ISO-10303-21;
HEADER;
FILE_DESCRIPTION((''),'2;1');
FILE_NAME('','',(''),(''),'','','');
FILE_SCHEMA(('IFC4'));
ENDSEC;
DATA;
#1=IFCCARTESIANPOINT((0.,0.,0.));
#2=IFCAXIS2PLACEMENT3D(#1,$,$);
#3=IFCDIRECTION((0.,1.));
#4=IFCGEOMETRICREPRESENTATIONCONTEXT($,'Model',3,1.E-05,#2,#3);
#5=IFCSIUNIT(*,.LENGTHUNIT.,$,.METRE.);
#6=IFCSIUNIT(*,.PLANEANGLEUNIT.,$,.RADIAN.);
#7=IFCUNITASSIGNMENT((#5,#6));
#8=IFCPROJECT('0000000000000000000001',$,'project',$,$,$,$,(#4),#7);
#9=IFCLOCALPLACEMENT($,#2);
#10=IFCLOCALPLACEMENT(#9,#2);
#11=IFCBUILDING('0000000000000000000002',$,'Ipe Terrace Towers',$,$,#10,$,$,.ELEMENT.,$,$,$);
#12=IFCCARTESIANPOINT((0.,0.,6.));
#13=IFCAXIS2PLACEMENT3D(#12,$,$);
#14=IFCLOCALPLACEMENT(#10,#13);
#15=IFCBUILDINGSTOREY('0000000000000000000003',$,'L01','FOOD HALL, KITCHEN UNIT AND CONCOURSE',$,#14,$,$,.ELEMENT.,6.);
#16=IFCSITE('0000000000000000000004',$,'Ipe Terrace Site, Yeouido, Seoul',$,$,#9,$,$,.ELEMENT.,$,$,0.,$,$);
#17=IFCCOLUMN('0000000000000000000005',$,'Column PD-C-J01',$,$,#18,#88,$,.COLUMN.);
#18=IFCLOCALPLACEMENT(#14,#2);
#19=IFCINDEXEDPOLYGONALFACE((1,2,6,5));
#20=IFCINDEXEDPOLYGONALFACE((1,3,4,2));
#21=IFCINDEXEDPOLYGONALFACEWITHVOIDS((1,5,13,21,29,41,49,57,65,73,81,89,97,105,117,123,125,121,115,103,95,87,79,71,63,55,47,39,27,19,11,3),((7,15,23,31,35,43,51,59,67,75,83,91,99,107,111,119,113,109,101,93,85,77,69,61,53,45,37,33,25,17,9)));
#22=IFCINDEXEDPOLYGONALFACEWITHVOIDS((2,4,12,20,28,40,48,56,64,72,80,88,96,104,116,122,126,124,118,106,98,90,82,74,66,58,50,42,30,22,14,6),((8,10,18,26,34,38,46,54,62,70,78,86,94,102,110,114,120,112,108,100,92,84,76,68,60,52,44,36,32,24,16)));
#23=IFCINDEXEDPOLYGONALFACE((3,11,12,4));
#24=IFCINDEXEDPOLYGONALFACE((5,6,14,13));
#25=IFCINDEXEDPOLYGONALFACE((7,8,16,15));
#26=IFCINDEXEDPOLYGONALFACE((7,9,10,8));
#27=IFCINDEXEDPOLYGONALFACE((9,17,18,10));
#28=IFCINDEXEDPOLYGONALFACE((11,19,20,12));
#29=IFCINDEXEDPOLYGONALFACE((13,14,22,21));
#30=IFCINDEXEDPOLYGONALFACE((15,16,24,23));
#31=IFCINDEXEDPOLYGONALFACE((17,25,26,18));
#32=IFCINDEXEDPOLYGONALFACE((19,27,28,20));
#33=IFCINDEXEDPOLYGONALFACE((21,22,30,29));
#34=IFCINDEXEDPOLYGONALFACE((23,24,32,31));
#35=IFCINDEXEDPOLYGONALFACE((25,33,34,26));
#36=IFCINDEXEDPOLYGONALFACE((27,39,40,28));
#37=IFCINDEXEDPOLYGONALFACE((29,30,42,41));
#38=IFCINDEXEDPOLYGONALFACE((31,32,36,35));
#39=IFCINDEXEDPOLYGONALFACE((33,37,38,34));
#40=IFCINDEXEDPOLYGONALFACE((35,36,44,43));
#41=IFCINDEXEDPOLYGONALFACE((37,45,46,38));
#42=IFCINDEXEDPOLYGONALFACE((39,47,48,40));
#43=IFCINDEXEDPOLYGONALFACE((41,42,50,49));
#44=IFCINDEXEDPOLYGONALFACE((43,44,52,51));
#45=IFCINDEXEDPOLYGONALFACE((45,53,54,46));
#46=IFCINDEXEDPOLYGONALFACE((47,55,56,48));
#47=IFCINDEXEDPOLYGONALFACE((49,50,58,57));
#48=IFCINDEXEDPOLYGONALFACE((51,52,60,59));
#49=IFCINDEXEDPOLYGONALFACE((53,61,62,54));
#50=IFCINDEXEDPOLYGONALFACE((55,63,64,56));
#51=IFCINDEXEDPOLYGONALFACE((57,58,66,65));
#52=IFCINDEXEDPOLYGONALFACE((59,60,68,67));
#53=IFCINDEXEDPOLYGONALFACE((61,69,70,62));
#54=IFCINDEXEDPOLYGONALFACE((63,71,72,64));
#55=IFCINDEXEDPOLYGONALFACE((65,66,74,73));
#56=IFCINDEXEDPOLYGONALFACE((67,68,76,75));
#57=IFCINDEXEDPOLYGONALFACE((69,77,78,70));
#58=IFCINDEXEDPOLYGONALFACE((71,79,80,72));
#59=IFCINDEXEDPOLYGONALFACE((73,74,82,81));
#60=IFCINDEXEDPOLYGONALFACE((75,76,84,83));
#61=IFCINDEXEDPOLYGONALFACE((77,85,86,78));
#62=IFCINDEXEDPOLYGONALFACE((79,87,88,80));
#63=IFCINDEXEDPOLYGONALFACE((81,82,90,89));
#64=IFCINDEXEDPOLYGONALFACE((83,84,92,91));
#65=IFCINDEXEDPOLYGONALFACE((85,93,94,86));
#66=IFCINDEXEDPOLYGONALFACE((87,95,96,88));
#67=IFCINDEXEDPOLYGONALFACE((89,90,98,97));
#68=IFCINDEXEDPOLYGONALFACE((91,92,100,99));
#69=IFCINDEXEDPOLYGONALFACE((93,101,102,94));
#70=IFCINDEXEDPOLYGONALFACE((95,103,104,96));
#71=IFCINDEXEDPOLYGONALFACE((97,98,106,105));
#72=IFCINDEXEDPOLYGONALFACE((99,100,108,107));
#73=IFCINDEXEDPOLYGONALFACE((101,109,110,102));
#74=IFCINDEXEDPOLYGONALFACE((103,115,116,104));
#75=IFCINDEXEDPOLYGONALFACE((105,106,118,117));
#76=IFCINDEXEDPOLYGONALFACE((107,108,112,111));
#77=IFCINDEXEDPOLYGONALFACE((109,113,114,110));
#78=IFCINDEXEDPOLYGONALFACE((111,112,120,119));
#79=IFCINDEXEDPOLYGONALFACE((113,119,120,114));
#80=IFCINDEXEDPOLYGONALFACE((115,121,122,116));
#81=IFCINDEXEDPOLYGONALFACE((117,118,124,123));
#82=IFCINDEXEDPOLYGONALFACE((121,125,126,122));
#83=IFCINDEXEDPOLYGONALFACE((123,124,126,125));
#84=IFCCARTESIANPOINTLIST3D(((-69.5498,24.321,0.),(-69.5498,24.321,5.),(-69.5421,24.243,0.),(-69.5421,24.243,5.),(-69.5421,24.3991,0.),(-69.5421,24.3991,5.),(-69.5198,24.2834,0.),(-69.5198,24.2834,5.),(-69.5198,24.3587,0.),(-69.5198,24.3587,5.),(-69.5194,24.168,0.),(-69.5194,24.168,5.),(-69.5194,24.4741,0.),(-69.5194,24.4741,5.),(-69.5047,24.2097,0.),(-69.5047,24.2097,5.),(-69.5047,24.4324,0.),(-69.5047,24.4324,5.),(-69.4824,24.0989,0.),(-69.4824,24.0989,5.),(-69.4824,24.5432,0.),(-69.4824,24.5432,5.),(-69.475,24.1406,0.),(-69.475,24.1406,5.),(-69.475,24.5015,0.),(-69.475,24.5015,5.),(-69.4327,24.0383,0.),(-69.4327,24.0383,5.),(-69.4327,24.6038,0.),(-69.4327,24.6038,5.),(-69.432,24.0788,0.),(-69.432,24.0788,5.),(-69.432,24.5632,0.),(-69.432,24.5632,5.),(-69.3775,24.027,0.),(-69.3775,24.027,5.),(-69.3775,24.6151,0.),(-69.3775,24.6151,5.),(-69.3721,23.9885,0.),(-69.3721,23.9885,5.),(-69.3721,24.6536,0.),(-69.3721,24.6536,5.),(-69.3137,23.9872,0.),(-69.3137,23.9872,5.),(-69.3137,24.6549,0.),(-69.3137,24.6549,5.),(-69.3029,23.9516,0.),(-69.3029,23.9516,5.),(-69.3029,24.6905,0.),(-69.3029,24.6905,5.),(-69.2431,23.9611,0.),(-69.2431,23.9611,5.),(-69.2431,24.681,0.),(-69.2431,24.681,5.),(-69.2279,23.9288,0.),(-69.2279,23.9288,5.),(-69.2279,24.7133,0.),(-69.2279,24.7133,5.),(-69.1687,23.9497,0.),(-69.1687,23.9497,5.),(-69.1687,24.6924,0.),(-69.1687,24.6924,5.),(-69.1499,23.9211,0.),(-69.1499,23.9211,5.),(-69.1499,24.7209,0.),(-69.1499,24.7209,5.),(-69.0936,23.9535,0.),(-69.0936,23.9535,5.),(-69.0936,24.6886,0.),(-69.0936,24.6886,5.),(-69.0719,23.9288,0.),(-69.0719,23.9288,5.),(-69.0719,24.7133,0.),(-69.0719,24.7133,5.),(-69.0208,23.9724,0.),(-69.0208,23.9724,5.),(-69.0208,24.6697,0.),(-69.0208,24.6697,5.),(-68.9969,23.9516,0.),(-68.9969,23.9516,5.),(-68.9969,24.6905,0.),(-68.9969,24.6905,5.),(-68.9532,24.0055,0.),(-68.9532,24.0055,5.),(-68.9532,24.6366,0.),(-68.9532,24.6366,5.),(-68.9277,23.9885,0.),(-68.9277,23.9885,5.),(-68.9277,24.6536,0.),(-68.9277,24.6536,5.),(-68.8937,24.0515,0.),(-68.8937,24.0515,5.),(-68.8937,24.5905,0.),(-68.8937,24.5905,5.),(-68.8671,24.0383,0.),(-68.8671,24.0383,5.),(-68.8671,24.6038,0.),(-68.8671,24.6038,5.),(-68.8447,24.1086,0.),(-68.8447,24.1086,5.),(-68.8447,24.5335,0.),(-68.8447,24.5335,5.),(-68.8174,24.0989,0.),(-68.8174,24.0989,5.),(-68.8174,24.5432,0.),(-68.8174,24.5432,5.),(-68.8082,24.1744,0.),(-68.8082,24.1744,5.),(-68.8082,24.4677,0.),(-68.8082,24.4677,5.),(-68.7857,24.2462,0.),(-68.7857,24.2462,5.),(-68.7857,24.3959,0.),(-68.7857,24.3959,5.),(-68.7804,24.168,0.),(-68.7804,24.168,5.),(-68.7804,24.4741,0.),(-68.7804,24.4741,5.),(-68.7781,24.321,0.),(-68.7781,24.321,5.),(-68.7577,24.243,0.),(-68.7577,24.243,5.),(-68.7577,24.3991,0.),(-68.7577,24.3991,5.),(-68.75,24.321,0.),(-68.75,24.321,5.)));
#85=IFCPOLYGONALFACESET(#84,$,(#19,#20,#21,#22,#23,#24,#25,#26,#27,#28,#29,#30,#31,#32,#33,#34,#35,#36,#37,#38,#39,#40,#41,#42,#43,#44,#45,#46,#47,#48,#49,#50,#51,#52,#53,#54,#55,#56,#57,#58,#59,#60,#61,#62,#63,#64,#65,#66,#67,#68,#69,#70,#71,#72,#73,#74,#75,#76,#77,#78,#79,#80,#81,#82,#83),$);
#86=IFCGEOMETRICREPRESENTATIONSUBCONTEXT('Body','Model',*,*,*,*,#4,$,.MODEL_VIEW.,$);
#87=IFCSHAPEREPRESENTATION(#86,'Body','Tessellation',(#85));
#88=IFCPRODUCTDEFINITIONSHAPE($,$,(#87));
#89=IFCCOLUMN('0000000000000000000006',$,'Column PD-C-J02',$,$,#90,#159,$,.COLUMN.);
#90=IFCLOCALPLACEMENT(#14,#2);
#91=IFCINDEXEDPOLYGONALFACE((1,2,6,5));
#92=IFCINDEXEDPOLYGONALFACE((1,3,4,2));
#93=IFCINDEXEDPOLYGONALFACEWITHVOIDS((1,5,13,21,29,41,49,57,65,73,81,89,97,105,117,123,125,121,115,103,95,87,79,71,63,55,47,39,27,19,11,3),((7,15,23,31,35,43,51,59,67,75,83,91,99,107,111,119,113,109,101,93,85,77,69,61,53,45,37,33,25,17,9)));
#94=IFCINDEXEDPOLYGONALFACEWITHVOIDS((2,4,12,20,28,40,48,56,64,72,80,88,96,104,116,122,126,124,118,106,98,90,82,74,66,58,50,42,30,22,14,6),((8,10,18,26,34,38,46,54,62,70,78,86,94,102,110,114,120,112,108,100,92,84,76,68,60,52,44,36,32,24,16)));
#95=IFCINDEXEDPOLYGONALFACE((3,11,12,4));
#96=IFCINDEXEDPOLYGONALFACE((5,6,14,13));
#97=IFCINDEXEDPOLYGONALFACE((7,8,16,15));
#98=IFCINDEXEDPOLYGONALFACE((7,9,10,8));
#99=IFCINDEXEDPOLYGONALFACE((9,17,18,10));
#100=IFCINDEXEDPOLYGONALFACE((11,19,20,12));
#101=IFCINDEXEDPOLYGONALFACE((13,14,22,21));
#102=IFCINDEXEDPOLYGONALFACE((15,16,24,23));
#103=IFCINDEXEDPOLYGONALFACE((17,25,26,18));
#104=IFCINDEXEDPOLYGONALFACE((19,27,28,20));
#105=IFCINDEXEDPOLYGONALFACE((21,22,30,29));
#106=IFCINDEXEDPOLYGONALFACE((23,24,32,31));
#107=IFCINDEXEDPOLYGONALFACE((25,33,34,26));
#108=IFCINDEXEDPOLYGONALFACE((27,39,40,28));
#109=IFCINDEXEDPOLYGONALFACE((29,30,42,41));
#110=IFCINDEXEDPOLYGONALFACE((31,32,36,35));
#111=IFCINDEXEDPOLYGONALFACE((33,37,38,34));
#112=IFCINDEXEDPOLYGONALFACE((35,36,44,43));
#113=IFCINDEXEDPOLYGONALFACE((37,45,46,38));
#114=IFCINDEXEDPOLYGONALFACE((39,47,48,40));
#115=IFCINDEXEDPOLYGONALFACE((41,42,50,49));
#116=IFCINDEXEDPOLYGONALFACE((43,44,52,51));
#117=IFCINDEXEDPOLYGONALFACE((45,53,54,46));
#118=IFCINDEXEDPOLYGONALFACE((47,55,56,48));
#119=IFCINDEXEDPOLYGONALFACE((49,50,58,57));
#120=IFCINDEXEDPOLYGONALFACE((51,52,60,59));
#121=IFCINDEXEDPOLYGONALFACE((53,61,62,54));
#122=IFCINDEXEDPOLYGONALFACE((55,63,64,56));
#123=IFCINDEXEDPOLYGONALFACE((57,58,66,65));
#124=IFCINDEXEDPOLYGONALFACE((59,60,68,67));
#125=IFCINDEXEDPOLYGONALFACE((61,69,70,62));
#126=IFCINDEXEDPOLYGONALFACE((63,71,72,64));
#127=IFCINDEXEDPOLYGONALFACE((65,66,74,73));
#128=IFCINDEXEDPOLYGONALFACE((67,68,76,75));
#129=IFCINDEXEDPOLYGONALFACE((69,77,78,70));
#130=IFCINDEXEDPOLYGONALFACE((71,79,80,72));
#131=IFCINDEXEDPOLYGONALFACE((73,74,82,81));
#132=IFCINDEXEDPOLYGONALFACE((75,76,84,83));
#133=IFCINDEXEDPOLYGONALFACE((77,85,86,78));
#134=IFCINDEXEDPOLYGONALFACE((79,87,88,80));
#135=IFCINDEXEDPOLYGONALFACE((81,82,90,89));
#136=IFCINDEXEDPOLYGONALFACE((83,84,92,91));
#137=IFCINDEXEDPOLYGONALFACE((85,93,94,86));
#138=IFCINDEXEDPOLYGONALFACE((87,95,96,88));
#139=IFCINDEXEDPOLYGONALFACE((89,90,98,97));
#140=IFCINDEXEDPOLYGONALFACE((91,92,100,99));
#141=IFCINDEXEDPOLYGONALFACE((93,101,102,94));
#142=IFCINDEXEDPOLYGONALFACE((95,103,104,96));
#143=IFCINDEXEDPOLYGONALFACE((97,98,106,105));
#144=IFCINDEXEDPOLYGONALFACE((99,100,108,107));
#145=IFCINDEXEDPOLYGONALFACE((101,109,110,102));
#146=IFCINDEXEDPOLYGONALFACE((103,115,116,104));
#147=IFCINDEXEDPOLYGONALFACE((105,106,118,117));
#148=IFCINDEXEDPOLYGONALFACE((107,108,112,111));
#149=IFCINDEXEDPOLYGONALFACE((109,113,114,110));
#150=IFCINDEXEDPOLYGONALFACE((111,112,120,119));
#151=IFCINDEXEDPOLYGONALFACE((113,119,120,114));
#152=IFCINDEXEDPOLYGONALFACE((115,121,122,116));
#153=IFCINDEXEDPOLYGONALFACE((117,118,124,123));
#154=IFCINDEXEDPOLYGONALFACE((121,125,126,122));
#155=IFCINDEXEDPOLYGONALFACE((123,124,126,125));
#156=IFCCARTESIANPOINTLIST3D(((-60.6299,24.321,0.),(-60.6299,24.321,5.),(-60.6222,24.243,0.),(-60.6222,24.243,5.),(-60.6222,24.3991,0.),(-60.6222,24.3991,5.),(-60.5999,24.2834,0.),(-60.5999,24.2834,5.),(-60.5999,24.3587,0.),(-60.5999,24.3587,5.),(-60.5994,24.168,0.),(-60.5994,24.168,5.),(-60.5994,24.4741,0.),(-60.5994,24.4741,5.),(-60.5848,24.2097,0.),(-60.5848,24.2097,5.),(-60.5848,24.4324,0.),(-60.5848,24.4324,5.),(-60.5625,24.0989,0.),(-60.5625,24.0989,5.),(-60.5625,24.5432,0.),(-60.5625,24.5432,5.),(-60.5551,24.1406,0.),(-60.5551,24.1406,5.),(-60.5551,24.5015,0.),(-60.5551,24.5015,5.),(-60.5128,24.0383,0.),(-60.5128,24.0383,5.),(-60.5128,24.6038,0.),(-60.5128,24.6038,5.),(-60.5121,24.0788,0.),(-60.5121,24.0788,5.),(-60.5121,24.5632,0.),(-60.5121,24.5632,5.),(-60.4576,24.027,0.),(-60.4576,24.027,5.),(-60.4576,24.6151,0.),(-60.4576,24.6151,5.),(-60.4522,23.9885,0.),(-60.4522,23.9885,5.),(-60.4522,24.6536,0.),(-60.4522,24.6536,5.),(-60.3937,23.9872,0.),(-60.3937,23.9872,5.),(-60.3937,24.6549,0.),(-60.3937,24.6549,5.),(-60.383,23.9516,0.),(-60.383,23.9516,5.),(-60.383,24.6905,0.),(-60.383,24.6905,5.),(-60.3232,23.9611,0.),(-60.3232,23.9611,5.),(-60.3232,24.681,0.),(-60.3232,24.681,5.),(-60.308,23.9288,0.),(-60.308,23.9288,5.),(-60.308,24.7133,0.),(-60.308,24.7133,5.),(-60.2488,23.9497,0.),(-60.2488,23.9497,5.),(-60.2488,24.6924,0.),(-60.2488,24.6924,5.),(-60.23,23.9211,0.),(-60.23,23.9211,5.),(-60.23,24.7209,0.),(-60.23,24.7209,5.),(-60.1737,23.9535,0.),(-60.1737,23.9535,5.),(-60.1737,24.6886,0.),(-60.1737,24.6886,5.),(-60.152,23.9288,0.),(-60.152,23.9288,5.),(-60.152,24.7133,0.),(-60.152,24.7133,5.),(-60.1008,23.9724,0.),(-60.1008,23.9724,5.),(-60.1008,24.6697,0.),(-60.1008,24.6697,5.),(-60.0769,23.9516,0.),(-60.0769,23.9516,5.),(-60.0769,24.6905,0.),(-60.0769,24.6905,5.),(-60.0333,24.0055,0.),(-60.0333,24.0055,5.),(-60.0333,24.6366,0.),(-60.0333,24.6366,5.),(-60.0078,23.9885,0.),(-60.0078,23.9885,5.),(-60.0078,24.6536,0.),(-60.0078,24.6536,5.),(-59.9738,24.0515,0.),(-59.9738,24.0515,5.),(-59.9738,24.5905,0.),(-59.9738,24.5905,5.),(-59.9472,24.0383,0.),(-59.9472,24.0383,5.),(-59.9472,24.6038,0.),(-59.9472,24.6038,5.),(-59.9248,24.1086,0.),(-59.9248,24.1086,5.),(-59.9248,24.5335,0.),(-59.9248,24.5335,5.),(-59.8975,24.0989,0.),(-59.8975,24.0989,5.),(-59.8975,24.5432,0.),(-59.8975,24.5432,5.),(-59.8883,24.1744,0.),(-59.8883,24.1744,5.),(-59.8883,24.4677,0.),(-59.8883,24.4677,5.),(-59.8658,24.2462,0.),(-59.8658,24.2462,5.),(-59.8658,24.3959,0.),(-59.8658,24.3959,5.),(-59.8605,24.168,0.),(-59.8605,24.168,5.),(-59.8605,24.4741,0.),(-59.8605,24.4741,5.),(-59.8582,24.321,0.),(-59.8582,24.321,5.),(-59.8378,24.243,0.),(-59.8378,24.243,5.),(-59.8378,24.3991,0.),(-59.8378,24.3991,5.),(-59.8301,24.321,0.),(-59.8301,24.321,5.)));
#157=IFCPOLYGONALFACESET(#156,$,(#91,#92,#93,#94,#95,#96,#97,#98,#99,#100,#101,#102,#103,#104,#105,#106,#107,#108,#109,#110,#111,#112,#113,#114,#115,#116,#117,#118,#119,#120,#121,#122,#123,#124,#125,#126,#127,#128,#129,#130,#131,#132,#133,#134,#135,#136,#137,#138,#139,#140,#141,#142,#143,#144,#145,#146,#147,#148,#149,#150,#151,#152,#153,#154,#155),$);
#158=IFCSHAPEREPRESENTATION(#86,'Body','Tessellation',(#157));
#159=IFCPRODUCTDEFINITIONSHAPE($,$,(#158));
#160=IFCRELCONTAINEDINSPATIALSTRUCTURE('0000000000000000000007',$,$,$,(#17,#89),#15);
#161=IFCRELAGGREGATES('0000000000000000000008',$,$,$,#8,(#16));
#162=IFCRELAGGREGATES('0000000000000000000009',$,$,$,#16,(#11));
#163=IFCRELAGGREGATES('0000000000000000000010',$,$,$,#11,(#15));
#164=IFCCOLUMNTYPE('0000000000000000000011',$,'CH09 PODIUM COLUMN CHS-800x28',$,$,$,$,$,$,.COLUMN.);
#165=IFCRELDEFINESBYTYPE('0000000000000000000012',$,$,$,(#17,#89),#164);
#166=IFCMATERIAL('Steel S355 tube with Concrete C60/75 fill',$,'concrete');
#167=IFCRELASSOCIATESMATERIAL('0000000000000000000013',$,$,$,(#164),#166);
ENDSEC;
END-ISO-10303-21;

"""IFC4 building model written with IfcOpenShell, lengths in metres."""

from ifc_helpers import new_model, si_unit, direction, frame, origin, origin_2d, place, context, subcontext, project, spatial, hollow_circle, extrude, material, material_profile, profile_set, type_object, element, save


model = new_model("IFC4")

# Units and contexts
model_context = context("Model", 3, precision=1e-05, world=origin(), true_north=direction((0.0, 1.0)))
body_context = subcontext(model_context, "Body", "Model", "MODEL_VIEW")
ifc_project = project(units=[si_unit("LENGTHUNIT", "METRE"), si_unit("PLANEANGLEUNIT", "RADIAN")], contexts=[model_context])

# Site, building, storey
site_placement = place(None, origin())
site = spatial("IfcSite", under=ifc_project, at=site_placement, Name="Ipe Terrace Site, Yeouido, Seoul", CompositionType="ELEMENT", RefElevation=0.0)
building_placement = place(site_placement, origin())
building = spatial("IfcBuilding", under=site, at=building_placement, Name="Ipe Terrace Towers", CompositionType="ELEMENT")
storey_placement = place(building_placement, frame((0.0, 0.0, 6.0)))
storey = spatial("IfcBuildingStorey", under=building, at=storey_placement, Name="L01", Description="FOOD HALL, KITCHEN UNIT AND CONCOURSE", CompositionType="ELEMENT", Elevation=6.0)

# Columns
ifc_material_1 = material(Name="Steel S355 tube with Concrete C60/75 fill", Category="concrete")
ifc_material_profile_1 = material_profile(ifc_material_1, hollow_circle(Radius=0.3999, WallThickness=0.0281, at=origin_2d()), Name="CHS-800x28")
ifc_profile_set_1 = profile_set([ifc_material_profile_1], Name="Steel S355 tube with Concrete C60/75 fill")
column_type = type_object("IfcColumnType", Name="CH09 PODIUM COLUMN CHS-800x28", PredefinedType="COLUMN", material=ifc_profile_set_1)
for number, where, z_axis, x_axis, name in (
    (1, (-69.1499, 24.321, 0.0), (0.0, 0.0, 1.0), (1.0, 0.0, 0.0), "Column PD-C-J01"),
    (2, (-60.23, 24.321, 0.0), (0.0, 0.0, 1.0), (1.0, 0.0, 0.0), "Column PD-C-J02"),
):
    element("IfcColumn", number, at=place(storey_placement, frame(where, z_axis=z_axis, x_axis=x_axis)), inside=storey, type_object=column_type, Name=name, PredefinedType="COLUMN", context=body_context, shape_type="SweptSolid", body=[
        extrude(hollow_circle(Radius=0.3999, WallThickness=0.0281, at=origin_2d()), origin(), (0.0, 0.0, 1.0), 5.0),
    ])

save(model, "model.ifc")
